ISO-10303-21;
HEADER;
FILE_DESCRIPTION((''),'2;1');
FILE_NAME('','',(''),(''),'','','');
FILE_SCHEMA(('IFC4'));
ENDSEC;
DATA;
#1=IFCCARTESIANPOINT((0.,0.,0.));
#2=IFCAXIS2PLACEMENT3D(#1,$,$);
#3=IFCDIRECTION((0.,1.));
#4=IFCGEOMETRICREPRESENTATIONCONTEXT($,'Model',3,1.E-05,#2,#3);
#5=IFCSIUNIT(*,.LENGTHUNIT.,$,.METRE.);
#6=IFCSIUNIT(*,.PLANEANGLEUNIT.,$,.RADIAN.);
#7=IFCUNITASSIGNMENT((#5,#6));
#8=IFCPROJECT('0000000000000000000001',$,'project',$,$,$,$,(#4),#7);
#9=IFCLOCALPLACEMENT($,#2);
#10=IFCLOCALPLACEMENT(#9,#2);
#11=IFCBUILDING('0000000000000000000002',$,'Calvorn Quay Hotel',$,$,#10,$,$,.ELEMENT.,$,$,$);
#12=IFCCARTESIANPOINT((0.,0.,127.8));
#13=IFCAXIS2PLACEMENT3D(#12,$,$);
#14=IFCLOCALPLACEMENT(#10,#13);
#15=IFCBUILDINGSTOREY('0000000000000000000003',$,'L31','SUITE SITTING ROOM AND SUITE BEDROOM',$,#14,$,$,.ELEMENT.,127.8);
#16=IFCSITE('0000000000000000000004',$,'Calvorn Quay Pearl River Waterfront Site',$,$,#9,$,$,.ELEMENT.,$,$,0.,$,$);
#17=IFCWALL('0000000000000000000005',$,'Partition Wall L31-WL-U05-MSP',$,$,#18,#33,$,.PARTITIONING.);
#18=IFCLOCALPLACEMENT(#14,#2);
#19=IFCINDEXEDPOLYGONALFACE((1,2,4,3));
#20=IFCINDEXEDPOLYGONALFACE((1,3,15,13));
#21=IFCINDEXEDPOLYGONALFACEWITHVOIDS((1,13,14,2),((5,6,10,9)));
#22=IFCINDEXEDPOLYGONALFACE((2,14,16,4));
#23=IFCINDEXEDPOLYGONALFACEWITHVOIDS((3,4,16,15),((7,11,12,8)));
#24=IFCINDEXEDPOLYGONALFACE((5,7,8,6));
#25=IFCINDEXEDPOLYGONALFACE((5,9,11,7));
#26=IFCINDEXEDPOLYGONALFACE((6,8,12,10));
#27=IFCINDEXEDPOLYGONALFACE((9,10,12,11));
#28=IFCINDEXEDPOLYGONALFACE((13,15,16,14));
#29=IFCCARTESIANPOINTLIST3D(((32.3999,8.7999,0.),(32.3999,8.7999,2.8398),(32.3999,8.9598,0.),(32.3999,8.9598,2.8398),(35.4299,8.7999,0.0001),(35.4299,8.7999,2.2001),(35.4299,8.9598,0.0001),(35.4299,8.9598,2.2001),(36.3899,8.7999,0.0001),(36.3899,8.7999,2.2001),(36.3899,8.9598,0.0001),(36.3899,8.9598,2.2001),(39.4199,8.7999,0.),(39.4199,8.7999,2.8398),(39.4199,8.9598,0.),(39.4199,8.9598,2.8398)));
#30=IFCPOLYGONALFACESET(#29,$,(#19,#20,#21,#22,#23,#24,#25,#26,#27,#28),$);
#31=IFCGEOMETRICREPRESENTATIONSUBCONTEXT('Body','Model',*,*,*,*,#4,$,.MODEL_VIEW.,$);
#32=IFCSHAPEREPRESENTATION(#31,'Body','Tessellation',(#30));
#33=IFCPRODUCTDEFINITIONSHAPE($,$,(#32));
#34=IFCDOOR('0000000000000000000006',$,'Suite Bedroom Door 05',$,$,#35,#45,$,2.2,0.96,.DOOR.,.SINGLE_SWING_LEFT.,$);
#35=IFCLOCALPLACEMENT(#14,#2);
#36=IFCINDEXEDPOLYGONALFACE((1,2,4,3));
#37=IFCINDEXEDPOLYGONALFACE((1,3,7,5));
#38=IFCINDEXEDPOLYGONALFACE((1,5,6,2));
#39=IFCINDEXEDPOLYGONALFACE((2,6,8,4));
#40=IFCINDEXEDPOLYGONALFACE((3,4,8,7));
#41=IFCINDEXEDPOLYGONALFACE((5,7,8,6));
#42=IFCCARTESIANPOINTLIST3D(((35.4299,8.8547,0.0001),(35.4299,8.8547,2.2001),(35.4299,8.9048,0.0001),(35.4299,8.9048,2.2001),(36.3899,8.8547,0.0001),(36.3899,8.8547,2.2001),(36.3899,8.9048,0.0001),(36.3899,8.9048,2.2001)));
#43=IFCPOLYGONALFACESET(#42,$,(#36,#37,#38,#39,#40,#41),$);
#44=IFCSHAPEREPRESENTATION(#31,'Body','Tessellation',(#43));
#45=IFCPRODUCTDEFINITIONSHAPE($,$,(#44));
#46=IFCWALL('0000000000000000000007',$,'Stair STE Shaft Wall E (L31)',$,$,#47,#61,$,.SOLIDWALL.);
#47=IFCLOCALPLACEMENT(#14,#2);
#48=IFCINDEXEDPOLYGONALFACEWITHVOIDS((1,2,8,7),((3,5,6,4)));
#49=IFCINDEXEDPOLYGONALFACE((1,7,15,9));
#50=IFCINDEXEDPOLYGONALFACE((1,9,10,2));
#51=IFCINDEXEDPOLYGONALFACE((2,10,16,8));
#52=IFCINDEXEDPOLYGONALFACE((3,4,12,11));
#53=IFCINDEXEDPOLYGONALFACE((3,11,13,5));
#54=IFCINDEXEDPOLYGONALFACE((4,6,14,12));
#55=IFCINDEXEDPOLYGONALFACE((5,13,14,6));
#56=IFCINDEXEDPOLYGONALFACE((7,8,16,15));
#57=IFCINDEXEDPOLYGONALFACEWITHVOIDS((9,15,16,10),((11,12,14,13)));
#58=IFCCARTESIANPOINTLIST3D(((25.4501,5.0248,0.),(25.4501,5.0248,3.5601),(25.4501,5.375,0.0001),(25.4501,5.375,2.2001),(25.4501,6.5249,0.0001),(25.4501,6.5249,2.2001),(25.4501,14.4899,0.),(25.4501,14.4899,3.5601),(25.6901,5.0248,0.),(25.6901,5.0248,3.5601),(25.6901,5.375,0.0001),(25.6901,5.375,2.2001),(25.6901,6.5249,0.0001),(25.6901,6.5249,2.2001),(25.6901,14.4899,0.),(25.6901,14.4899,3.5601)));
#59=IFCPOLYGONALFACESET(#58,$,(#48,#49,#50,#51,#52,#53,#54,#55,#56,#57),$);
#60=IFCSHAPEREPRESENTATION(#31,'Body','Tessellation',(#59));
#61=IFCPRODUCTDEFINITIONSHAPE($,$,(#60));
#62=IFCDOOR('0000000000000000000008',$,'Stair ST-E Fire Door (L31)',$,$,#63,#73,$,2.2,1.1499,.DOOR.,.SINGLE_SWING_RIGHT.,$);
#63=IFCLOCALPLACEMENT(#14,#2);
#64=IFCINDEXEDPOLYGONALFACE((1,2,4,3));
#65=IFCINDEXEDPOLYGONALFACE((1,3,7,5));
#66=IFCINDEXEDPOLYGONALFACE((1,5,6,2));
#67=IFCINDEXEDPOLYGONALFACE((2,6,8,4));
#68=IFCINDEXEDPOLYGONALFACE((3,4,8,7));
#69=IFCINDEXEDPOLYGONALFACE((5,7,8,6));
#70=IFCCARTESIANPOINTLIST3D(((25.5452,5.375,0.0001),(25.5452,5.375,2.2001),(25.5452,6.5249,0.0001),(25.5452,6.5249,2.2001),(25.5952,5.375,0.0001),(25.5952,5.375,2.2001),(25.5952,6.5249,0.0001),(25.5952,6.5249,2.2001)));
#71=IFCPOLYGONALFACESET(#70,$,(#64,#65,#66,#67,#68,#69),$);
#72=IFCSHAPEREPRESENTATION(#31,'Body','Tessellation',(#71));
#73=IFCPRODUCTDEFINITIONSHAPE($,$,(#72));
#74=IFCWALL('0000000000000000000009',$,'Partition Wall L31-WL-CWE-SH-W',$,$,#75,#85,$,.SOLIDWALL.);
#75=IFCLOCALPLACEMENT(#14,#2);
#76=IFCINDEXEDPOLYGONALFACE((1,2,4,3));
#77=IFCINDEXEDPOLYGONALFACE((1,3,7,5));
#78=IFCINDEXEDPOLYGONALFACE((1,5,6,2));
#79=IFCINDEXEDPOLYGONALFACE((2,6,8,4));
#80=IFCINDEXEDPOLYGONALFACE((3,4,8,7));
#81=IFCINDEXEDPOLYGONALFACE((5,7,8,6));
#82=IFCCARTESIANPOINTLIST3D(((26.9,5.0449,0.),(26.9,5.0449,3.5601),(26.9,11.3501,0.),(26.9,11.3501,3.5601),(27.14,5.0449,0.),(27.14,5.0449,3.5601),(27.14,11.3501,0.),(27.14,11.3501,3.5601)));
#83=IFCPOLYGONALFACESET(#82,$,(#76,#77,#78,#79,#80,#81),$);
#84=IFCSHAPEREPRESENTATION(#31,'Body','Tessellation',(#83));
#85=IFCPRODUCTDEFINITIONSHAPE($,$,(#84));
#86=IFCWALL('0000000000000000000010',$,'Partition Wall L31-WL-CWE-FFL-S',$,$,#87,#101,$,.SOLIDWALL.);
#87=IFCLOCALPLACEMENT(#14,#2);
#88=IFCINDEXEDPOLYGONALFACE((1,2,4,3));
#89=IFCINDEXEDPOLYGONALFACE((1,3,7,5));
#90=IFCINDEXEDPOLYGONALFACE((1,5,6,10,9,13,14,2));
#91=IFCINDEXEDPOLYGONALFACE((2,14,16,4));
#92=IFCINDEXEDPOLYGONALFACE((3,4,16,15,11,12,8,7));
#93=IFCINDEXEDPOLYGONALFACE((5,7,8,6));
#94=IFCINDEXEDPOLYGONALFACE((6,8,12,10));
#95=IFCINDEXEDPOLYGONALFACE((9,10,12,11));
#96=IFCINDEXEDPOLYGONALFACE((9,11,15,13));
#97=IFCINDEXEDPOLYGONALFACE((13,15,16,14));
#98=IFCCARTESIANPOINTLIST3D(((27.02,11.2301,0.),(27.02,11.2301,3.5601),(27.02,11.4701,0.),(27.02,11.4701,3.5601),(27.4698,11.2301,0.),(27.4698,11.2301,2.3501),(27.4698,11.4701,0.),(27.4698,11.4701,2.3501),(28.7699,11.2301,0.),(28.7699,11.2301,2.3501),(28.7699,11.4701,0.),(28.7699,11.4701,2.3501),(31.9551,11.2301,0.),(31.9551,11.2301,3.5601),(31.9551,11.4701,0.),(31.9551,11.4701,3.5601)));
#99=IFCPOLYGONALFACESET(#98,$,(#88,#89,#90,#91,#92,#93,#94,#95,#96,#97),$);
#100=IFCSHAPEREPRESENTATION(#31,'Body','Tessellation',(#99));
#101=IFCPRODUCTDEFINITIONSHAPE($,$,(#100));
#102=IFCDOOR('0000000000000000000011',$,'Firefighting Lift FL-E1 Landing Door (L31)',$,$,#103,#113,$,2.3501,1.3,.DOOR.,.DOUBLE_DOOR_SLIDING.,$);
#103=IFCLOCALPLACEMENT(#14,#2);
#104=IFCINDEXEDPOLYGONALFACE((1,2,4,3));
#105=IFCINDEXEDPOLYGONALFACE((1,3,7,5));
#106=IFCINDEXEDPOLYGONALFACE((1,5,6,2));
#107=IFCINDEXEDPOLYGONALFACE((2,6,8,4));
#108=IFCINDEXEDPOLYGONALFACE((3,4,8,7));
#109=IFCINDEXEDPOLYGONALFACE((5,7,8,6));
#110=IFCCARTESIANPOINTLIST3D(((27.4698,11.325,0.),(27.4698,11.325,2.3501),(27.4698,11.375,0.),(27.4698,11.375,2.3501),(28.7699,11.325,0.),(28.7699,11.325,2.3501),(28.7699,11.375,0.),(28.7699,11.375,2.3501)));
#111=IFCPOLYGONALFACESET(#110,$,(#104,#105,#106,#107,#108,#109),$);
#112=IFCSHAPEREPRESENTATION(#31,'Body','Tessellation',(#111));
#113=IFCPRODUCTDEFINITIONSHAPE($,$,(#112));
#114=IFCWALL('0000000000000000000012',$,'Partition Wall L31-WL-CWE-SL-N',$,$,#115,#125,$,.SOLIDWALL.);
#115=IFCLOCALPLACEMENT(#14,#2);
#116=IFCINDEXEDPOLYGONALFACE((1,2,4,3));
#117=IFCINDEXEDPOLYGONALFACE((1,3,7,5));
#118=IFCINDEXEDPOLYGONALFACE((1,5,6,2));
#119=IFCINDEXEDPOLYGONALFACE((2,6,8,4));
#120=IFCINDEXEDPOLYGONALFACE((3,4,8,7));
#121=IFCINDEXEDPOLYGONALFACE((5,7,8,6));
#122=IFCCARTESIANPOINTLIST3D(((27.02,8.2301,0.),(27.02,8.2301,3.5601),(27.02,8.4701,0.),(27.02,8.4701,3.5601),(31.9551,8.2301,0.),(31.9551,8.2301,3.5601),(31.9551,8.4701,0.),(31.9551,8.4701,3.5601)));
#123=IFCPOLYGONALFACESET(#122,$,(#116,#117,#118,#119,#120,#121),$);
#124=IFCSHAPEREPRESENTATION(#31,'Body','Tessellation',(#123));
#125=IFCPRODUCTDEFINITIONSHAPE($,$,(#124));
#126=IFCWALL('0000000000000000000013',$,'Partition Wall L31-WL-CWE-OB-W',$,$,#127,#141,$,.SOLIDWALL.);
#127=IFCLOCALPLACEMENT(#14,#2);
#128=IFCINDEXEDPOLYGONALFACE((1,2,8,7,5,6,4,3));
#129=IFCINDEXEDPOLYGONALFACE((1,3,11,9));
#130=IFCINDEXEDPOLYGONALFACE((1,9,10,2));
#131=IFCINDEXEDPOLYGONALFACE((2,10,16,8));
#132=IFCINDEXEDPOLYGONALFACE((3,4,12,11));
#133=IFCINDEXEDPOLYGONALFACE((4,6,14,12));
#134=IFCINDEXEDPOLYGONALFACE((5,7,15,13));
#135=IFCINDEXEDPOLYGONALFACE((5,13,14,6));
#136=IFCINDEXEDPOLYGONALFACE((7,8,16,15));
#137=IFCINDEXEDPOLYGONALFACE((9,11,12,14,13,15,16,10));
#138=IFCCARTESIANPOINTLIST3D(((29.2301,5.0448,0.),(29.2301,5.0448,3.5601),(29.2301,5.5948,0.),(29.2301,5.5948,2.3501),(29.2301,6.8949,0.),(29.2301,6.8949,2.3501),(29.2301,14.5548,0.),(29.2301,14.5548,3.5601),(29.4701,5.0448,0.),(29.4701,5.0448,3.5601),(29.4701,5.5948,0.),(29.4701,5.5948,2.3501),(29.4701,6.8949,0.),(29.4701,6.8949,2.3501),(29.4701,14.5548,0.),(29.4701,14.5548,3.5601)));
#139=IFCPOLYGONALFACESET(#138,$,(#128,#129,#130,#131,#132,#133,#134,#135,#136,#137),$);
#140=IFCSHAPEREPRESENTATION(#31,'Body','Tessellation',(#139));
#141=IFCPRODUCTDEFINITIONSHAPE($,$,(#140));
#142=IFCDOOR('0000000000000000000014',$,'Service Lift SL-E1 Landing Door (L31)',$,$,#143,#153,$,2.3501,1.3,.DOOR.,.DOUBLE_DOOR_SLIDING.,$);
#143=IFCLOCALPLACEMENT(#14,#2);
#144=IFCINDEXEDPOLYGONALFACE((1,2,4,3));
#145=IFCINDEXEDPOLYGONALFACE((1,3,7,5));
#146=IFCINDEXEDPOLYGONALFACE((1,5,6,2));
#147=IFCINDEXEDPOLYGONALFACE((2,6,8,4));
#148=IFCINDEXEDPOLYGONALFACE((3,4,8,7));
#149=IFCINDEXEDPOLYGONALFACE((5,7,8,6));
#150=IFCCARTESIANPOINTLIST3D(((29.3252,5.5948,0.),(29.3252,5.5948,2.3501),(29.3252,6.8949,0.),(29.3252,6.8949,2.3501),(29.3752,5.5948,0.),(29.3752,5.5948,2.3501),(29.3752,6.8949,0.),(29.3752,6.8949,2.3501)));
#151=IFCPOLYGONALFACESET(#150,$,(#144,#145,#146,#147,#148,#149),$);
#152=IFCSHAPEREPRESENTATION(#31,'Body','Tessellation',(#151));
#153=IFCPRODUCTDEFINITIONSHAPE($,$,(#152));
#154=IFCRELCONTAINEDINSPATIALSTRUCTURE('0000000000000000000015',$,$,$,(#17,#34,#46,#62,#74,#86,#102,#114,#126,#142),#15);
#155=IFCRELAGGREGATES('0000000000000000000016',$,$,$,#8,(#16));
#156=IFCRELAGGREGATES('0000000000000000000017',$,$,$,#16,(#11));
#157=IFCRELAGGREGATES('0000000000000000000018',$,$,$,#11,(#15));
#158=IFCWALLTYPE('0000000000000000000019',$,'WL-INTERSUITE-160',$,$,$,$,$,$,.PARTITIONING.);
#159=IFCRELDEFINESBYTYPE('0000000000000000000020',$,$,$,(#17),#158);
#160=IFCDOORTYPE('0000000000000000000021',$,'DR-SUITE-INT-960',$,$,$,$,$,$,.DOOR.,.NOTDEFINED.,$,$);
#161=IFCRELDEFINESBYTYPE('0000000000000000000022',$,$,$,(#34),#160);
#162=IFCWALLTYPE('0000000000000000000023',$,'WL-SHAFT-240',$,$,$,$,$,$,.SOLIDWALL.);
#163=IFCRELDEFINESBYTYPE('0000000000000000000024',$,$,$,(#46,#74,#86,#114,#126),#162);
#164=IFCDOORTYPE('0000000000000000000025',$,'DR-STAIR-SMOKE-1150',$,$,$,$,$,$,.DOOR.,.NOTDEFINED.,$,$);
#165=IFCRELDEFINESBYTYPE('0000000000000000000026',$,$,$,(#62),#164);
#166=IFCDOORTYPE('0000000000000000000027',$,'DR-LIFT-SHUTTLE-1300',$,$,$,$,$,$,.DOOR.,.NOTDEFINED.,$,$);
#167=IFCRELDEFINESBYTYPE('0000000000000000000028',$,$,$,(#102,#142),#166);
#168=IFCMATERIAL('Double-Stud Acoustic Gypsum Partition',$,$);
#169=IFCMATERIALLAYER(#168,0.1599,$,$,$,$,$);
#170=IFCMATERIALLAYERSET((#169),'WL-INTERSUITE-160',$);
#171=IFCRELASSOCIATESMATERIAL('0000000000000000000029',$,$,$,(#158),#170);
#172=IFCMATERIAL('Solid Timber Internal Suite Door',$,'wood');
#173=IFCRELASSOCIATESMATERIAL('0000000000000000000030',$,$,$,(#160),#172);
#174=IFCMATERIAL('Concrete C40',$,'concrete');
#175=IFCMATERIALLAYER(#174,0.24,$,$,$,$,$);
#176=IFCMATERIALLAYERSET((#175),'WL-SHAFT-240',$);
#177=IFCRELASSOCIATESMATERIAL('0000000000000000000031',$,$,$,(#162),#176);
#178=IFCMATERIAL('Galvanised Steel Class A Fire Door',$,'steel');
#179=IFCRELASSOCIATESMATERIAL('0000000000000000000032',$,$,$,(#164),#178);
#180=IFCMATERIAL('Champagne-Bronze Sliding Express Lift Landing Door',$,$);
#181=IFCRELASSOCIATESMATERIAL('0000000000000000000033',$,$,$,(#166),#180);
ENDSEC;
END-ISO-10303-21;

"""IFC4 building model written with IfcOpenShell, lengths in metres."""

from ifc_helpers import new_model, si_unit, direction, frame, frame_2d, origin, place, context, subcontext, project, spatial, rectangle, extrude, material, layer, layer_set, type_object, element, fill, save


model = new_model("IFC4")

# Units and contexts
model_context = context("Model", 3, precision=1e-05, world=origin(), true_north=direction((0.0, 1.0)))
body_context = subcontext(model_context, "Body", "Model", "MODEL_VIEW")
ifc_project = project(units=[si_unit("LENGTHUNIT", "METRE"), si_unit("PLANEANGLEUNIT", "RADIAN")], contexts=[model_context])

# Site, building, storey
site_placement = place(None, origin())
site = spatial("IfcSite", under=ifc_project, at=site_placement, Name="Calvorn Quay Pearl River Waterfront Site", CompositionType="ELEMENT", RefElevation=0.0)
building_placement = place(site_placement, origin())
building = spatial("IfcBuilding", under=site, at=building_placement, Name="Calvorn Quay Hotel", CompositionType="ELEMENT")
storey_placement = place(building_placement, frame((0.0, 0.0, 127.8)))
storey = spatial("IfcBuildingStorey", under=building, at=storey_placement, Name="L31", Description="SUITE SITTING ROOM AND SUITE BEDROOM", CompositionType="ELEMENT", Elevation=127.8)

# Walls, openings, doors
ifc_material_1 = material(Name="Double-Stud Acoustic Gypsum Partition")
ifc_layer_1 = layer(ifc_material_1, 0.1599)
ifc_layer_set_1 = layer_set([ifc_layer_1], Name="WL-INTERSUITE-160")
wall_type_1 = type_object("IfcWallType", Name="WL-INTERSUITE-160", PredefinedType="PARTITIONING", material=ifc_layer_set_1)
wall_1_placement = place(storey_placement, frame((32.3999, 8.8799, 0.0), z_axis=(0.0, 0.0, 1.0), x_axis=(1.0, 0.0, 0.0)))
wall_1 = element("IfcWall", 1, at=wall_1_placement, inside=storey, type_object=wall_type_1, Name="Partition Wall L31-WL-U05-MSP", PredefinedType="PARTITIONING", context=body_context, shape_type="SweptSolid", body=[
    extrude(rectangle(XDim=7.02, YDim=0.1599, at=frame_2d((3.51, 0.0))), origin(), (0.0, 0.0, 1.0), 2.8398),
])
opening_1_placement = place(wall_1_placement, frame((3.03, 0.0, 0.0)))
opening_1 = element("IfcOpeningElement", 2, at=opening_1_placement, cuts=wall_1, PredefinedType="OPENING", context=body_context, shape_type="SweptSolid", body=[
    extrude(rectangle(XDim=0.96, YDim=2.2, at=frame_2d((0.48, 1.1001))), frame((0.0, 0.0898, 0.0), z_axis=(0.0, -1.0, 0.0), x_axis=(1.0, 0.0, 0.0)), (0.0, 0.0, 1.0), 0.1799),
])
ifc_material_2 = material(Name="Solid Timber Internal Suite Door", Category="wood")
door_type_1 = type_object("IfcDoorType", Name="DR-SUITE-INT-960", OperationType="NOTDEFINED", PredefinedType="DOOR", material=ifc_material_2)
door_1_placement = place(opening_1_placement, origin())
door_1 = element("IfcDoor", 3, at=door_1_placement, inside=storey, type_object=door_type_1, Name="Suite Bedroom Door 05", OperationType="SINGLE_SWING_LEFT", OverallHeight=2.2, OverallWidth=0.96, PredefinedType="DOOR", context=body_context, shape_type="SweptSolid", body=[
    extrude(rectangle(XDim=0.96, YDim=2.2, at=frame_2d((0.48, 1.1001))), frame((0.0, 0.0249, 0.0), z_axis=(0.0, -1.0, 0.0), x_axis=(1.0, 0.0, 0.0)), (0.0, 0.0, 1.0), 0.05),
])
fill(opening_1, door_1)
ifc_material_3 = material(Name="Concrete C40", Category="concrete")
ifc_layer_2 = layer(ifc_material_3, 0.24)
ifc_layer_set_2 = layer_set([ifc_layer_2], Name="WL-SHAFT-240")
wall_type_2 = type_object("IfcWallType", Name="WL-SHAFT-240", PredefinedType="SOLIDWALL", material=ifc_layer_set_2)
wall_2_placement = place(storey_placement, frame((25.5701, 5.0249, 0.0), z_axis=(0.0, 0.0, 1.0), x_axis=(0.0, 1.0, 0.0)))
wall_2 = element("IfcWall", 4, at=wall_2_placement, inside=storey, type_object=wall_type_2, Name="Stair STE Shaft Wall E (L31)", PredefinedType="SOLIDWALL", context=body_context, shape_type="SweptSolid", body=[
    extrude(rectangle(XDim=9.4651, YDim=0.24, at=frame_2d((4.7324, 0.0))), origin(), (0.0, 0.0, 1.0), 3.5601),
])
opening_2_placement = place(wall_2_placement, frame((0.3501, 0.0, 0.0)))
opening_2 = element("IfcOpeningElement", 5, at=opening_2_placement, cuts=wall_2, PredefinedType="OPENING", context=body_context, shape_type="SweptSolid", body=[
    extrude(rectangle(XDim=1.1499, YDim=2.2, at=frame_2d((0.575, 1.1001))), frame((0.0, 0.1299, 0.0), z_axis=(0.0, -1.0, 0.0), x_axis=(1.0, 0.0, 0.0)), (0.0, 0.0, 1.0), 0.26),
])
ifc_material_4 = material(Name="Galvanised Steel Class A Fire Door", Category="steel")
door_type_2 = type_object("IfcDoorType", Name="DR-STAIR-SMOKE-1150", OperationType="NOTDEFINED", PredefinedType="DOOR", material=ifc_material_4)
door_2_placement = place(opening_2_placement, origin())
door_2 = element("IfcDoor", 6, at=door_2_placement, inside=storey, type_object=door_type_2, Name="Stair ST-E Fire Door (L31)", OperationType="SINGLE_SWING_RIGHT", OverallHeight=2.2, OverallWidth=1.1499, PredefinedType="DOOR", context=body_context, shape_type="SweptSolid", body=[
    extrude(rectangle(XDim=1.1499, YDim=2.2, at=frame_2d((0.575, 1.1001))), frame((0.0, 0.0249, 0.0), z_axis=(0.0, -1.0, 0.0), x_axis=(1.0, 0.0, 0.0)), (0.0, 0.0, 1.0), 0.05),
])
fill(opening_2, door_2)

# Wall
wall_3_placement = place(storey_placement, frame((27.02, 5.0449, 0.0), z_axis=(0.0, 0.0, 1.0), x_axis=(0.0, 1.0, 0.0)))
element("IfcWall", 7, at=wall_3_placement, inside=storey, type_object=wall_type_2, Name="Partition Wall L31-WL-CWE-SH-W", PredefinedType="SOLIDWALL", context=body_context, shape_type="SweptSolid", body=[
    extrude(rectangle(XDim=6.3052, YDim=0.24, at=frame_2d((3.1526, 0.0))), origin(), (0.0, 0.0, 1.0), 3.5601),
])

# Wall, opening, door
wall_4_placement = place(storey_placement, frame((27.02, 11.3501, 0.0), z_axis=(0.0, 0.0, 1.0), x_axis=(1.0, 0.0, 0.0)))
wall_4 = element("IfcWall", 8, at=wall_4_placement, inside=storey, type_object=wall_type_2, Name="Partition Wall L31-WL-CWE-FFL-S", PredefinedType="SOLIDWALL", context=body_context, shape_type="SweptSolid", body=[
    extrude(rectangle(XDim=4.9351, YDim=0.24, at=frame_2d((2.4675, 0.0))), origin(), (0.0, 0.0, 1.0), 3.5601),
])
opening_3_placement = place(wall_4_placement, frame((0.45, 0.0, 0.0)))
opening_3 = element("IfcOpeningElement", 9, at=opening_3_placement, cuts=wall_4, PredefinedType="OPENING", context=body_context, shape_type="SweptSolid", body=[
    extrude(rectangle(XDim=1.3, YDim=2.3501, at=frame_2d((0.6499, 1.175))), frame((0.0, 0.1299, 0.0), z_axis=(0.0, -1.0, 0.0), x_axis=(1.0, 0.0, 0.0)), (0.0, 0.0, 1.0), 0.26),
])
ifc_material_5 = material(Name="Champagne-Bronze Sliding Express Lift Landing Door")
door_type_3 = type_object("IfcDoorType", Name="DR-LIFT-SHUTTLE-1300", OperationType="NOTDEFINED", PredefinedType="DOOR", material=ifc_material_5)
door_3_placement = place(opening_3_placement, origin())
door_3 = element("IfcDoor", 10, at=door_3_placement, inside=storey, type_object=door_type_3, Name="Firefighting Lift FL-E1 Landing Door (L31)", OperationType="DOUBLE_DOOR_SLIDING", OverallHeight=2.3501, OverallWidth=1.3, PredefinedType="DOOR", context=body_context, shape_type="SweptSolid", body=[
    extrude(rectangle(XDim=1.3, YDim=2.3501, at=frame_2d((0.6499, 1.175))), frame((0.0, 0.0249, 0.0), z_axis=(0.0, -1.0, 0.0), x_axis=(1.0, 0.0, 0.0)), (0.0, 0.0, 1.0), 0.05),
])
fill(opening_3, door_3)

# Wall
wall_5_placement = place(storey_placement, frame((27.02, 8.3501, 0.0), z_axis=(0.0, 0.0, 1.0), x_axis=(1.0, 0.0, 0.0)))
element("IfcWall", 11, at=wall_5_placement, inside=storey, type_object=wall_type_2, Name="Partition Wall L31-WL-CWE-SL-N", PredefinedType="SOLIDWALL", context=body_context, shape_type="SweptSolid", body=[
    extrude(rectangle(XDim=4.9351, YDim=0.24, at=frame_2d((2.4675, 0.0))), origin(), (0.0, 0.0, 1.0), 3.5601),
])

# Wall, opening, door
wall_6_placement = place(storey_placement, frame((29.3501, 5.0449, 0.0), z_axis=(0.0, 0.0, 1.0), x_axis=(0.0, 1.0, 0.0)))
wall_6 = element("IfcWall", 12, at=wall_6_placement, inside=storey, type_object=wall_type_2, Name="Partition Wall L31-WL-CWE-OB-W", PredefinedType="SOLIDWALL", context=body_context, shape_type="SweptSolid", body=[
    extrude(rectangle(XDim=9.51, YDim=0.24, at=frame_2d((4.7549, 0.0))), origin(), (0.0, 0.0, 1.0), 3.5601),
])
opening_4_placement = place(wall_6_placement, frame((0.55, 0.0, 0.0)))
opening_4 = element("IfcOpeningElement", 13, at=opening_4_placement, cuts=wall_6, PredefinedType="OPENING", context=body_context, shape_type="SweptSolid", body=[
    extrude(rectangle(XDim=1.3, YDim=2.3501, at=frame_2d((0.6499, 1.175))), frame((0.0, 0.1299, 0.0), z_axis=(0.0, -1.0, 0.0), x_axis=(1.0, 0.0, 0.0)), (0.0, 0.0, 1.0), 0.26),
])
door_4_placement = place(opening_4_placement, origin())
door_4 = element("IfcDoor", 14, at=door_4_placement, inside=storey, type_object=door_type_3, Name="Service Lift SL-E1 Landing Door (L31)", OperationType="DOUBLE_DOOR_SLIDING", OverallHeight=2.3501, OverallWidth=1.3, PredefinedType="DOOR", context=body_context, shape_type="SweptSolid", body=[
    extrude(rectangle(XDim=1.3, YDim=2.3501, at=frame_2d((0.6499, 1.175))), frame((0.0, 0.0249, 0.0), z_axis=(0.0, -1.0, 0.0), x_axis=(1.0, 0.0, 0.0)), (0.0, 0.0, 1.0), 0.05),
])
fill(opening_4, door_4)

save(model, "model.ifc")
